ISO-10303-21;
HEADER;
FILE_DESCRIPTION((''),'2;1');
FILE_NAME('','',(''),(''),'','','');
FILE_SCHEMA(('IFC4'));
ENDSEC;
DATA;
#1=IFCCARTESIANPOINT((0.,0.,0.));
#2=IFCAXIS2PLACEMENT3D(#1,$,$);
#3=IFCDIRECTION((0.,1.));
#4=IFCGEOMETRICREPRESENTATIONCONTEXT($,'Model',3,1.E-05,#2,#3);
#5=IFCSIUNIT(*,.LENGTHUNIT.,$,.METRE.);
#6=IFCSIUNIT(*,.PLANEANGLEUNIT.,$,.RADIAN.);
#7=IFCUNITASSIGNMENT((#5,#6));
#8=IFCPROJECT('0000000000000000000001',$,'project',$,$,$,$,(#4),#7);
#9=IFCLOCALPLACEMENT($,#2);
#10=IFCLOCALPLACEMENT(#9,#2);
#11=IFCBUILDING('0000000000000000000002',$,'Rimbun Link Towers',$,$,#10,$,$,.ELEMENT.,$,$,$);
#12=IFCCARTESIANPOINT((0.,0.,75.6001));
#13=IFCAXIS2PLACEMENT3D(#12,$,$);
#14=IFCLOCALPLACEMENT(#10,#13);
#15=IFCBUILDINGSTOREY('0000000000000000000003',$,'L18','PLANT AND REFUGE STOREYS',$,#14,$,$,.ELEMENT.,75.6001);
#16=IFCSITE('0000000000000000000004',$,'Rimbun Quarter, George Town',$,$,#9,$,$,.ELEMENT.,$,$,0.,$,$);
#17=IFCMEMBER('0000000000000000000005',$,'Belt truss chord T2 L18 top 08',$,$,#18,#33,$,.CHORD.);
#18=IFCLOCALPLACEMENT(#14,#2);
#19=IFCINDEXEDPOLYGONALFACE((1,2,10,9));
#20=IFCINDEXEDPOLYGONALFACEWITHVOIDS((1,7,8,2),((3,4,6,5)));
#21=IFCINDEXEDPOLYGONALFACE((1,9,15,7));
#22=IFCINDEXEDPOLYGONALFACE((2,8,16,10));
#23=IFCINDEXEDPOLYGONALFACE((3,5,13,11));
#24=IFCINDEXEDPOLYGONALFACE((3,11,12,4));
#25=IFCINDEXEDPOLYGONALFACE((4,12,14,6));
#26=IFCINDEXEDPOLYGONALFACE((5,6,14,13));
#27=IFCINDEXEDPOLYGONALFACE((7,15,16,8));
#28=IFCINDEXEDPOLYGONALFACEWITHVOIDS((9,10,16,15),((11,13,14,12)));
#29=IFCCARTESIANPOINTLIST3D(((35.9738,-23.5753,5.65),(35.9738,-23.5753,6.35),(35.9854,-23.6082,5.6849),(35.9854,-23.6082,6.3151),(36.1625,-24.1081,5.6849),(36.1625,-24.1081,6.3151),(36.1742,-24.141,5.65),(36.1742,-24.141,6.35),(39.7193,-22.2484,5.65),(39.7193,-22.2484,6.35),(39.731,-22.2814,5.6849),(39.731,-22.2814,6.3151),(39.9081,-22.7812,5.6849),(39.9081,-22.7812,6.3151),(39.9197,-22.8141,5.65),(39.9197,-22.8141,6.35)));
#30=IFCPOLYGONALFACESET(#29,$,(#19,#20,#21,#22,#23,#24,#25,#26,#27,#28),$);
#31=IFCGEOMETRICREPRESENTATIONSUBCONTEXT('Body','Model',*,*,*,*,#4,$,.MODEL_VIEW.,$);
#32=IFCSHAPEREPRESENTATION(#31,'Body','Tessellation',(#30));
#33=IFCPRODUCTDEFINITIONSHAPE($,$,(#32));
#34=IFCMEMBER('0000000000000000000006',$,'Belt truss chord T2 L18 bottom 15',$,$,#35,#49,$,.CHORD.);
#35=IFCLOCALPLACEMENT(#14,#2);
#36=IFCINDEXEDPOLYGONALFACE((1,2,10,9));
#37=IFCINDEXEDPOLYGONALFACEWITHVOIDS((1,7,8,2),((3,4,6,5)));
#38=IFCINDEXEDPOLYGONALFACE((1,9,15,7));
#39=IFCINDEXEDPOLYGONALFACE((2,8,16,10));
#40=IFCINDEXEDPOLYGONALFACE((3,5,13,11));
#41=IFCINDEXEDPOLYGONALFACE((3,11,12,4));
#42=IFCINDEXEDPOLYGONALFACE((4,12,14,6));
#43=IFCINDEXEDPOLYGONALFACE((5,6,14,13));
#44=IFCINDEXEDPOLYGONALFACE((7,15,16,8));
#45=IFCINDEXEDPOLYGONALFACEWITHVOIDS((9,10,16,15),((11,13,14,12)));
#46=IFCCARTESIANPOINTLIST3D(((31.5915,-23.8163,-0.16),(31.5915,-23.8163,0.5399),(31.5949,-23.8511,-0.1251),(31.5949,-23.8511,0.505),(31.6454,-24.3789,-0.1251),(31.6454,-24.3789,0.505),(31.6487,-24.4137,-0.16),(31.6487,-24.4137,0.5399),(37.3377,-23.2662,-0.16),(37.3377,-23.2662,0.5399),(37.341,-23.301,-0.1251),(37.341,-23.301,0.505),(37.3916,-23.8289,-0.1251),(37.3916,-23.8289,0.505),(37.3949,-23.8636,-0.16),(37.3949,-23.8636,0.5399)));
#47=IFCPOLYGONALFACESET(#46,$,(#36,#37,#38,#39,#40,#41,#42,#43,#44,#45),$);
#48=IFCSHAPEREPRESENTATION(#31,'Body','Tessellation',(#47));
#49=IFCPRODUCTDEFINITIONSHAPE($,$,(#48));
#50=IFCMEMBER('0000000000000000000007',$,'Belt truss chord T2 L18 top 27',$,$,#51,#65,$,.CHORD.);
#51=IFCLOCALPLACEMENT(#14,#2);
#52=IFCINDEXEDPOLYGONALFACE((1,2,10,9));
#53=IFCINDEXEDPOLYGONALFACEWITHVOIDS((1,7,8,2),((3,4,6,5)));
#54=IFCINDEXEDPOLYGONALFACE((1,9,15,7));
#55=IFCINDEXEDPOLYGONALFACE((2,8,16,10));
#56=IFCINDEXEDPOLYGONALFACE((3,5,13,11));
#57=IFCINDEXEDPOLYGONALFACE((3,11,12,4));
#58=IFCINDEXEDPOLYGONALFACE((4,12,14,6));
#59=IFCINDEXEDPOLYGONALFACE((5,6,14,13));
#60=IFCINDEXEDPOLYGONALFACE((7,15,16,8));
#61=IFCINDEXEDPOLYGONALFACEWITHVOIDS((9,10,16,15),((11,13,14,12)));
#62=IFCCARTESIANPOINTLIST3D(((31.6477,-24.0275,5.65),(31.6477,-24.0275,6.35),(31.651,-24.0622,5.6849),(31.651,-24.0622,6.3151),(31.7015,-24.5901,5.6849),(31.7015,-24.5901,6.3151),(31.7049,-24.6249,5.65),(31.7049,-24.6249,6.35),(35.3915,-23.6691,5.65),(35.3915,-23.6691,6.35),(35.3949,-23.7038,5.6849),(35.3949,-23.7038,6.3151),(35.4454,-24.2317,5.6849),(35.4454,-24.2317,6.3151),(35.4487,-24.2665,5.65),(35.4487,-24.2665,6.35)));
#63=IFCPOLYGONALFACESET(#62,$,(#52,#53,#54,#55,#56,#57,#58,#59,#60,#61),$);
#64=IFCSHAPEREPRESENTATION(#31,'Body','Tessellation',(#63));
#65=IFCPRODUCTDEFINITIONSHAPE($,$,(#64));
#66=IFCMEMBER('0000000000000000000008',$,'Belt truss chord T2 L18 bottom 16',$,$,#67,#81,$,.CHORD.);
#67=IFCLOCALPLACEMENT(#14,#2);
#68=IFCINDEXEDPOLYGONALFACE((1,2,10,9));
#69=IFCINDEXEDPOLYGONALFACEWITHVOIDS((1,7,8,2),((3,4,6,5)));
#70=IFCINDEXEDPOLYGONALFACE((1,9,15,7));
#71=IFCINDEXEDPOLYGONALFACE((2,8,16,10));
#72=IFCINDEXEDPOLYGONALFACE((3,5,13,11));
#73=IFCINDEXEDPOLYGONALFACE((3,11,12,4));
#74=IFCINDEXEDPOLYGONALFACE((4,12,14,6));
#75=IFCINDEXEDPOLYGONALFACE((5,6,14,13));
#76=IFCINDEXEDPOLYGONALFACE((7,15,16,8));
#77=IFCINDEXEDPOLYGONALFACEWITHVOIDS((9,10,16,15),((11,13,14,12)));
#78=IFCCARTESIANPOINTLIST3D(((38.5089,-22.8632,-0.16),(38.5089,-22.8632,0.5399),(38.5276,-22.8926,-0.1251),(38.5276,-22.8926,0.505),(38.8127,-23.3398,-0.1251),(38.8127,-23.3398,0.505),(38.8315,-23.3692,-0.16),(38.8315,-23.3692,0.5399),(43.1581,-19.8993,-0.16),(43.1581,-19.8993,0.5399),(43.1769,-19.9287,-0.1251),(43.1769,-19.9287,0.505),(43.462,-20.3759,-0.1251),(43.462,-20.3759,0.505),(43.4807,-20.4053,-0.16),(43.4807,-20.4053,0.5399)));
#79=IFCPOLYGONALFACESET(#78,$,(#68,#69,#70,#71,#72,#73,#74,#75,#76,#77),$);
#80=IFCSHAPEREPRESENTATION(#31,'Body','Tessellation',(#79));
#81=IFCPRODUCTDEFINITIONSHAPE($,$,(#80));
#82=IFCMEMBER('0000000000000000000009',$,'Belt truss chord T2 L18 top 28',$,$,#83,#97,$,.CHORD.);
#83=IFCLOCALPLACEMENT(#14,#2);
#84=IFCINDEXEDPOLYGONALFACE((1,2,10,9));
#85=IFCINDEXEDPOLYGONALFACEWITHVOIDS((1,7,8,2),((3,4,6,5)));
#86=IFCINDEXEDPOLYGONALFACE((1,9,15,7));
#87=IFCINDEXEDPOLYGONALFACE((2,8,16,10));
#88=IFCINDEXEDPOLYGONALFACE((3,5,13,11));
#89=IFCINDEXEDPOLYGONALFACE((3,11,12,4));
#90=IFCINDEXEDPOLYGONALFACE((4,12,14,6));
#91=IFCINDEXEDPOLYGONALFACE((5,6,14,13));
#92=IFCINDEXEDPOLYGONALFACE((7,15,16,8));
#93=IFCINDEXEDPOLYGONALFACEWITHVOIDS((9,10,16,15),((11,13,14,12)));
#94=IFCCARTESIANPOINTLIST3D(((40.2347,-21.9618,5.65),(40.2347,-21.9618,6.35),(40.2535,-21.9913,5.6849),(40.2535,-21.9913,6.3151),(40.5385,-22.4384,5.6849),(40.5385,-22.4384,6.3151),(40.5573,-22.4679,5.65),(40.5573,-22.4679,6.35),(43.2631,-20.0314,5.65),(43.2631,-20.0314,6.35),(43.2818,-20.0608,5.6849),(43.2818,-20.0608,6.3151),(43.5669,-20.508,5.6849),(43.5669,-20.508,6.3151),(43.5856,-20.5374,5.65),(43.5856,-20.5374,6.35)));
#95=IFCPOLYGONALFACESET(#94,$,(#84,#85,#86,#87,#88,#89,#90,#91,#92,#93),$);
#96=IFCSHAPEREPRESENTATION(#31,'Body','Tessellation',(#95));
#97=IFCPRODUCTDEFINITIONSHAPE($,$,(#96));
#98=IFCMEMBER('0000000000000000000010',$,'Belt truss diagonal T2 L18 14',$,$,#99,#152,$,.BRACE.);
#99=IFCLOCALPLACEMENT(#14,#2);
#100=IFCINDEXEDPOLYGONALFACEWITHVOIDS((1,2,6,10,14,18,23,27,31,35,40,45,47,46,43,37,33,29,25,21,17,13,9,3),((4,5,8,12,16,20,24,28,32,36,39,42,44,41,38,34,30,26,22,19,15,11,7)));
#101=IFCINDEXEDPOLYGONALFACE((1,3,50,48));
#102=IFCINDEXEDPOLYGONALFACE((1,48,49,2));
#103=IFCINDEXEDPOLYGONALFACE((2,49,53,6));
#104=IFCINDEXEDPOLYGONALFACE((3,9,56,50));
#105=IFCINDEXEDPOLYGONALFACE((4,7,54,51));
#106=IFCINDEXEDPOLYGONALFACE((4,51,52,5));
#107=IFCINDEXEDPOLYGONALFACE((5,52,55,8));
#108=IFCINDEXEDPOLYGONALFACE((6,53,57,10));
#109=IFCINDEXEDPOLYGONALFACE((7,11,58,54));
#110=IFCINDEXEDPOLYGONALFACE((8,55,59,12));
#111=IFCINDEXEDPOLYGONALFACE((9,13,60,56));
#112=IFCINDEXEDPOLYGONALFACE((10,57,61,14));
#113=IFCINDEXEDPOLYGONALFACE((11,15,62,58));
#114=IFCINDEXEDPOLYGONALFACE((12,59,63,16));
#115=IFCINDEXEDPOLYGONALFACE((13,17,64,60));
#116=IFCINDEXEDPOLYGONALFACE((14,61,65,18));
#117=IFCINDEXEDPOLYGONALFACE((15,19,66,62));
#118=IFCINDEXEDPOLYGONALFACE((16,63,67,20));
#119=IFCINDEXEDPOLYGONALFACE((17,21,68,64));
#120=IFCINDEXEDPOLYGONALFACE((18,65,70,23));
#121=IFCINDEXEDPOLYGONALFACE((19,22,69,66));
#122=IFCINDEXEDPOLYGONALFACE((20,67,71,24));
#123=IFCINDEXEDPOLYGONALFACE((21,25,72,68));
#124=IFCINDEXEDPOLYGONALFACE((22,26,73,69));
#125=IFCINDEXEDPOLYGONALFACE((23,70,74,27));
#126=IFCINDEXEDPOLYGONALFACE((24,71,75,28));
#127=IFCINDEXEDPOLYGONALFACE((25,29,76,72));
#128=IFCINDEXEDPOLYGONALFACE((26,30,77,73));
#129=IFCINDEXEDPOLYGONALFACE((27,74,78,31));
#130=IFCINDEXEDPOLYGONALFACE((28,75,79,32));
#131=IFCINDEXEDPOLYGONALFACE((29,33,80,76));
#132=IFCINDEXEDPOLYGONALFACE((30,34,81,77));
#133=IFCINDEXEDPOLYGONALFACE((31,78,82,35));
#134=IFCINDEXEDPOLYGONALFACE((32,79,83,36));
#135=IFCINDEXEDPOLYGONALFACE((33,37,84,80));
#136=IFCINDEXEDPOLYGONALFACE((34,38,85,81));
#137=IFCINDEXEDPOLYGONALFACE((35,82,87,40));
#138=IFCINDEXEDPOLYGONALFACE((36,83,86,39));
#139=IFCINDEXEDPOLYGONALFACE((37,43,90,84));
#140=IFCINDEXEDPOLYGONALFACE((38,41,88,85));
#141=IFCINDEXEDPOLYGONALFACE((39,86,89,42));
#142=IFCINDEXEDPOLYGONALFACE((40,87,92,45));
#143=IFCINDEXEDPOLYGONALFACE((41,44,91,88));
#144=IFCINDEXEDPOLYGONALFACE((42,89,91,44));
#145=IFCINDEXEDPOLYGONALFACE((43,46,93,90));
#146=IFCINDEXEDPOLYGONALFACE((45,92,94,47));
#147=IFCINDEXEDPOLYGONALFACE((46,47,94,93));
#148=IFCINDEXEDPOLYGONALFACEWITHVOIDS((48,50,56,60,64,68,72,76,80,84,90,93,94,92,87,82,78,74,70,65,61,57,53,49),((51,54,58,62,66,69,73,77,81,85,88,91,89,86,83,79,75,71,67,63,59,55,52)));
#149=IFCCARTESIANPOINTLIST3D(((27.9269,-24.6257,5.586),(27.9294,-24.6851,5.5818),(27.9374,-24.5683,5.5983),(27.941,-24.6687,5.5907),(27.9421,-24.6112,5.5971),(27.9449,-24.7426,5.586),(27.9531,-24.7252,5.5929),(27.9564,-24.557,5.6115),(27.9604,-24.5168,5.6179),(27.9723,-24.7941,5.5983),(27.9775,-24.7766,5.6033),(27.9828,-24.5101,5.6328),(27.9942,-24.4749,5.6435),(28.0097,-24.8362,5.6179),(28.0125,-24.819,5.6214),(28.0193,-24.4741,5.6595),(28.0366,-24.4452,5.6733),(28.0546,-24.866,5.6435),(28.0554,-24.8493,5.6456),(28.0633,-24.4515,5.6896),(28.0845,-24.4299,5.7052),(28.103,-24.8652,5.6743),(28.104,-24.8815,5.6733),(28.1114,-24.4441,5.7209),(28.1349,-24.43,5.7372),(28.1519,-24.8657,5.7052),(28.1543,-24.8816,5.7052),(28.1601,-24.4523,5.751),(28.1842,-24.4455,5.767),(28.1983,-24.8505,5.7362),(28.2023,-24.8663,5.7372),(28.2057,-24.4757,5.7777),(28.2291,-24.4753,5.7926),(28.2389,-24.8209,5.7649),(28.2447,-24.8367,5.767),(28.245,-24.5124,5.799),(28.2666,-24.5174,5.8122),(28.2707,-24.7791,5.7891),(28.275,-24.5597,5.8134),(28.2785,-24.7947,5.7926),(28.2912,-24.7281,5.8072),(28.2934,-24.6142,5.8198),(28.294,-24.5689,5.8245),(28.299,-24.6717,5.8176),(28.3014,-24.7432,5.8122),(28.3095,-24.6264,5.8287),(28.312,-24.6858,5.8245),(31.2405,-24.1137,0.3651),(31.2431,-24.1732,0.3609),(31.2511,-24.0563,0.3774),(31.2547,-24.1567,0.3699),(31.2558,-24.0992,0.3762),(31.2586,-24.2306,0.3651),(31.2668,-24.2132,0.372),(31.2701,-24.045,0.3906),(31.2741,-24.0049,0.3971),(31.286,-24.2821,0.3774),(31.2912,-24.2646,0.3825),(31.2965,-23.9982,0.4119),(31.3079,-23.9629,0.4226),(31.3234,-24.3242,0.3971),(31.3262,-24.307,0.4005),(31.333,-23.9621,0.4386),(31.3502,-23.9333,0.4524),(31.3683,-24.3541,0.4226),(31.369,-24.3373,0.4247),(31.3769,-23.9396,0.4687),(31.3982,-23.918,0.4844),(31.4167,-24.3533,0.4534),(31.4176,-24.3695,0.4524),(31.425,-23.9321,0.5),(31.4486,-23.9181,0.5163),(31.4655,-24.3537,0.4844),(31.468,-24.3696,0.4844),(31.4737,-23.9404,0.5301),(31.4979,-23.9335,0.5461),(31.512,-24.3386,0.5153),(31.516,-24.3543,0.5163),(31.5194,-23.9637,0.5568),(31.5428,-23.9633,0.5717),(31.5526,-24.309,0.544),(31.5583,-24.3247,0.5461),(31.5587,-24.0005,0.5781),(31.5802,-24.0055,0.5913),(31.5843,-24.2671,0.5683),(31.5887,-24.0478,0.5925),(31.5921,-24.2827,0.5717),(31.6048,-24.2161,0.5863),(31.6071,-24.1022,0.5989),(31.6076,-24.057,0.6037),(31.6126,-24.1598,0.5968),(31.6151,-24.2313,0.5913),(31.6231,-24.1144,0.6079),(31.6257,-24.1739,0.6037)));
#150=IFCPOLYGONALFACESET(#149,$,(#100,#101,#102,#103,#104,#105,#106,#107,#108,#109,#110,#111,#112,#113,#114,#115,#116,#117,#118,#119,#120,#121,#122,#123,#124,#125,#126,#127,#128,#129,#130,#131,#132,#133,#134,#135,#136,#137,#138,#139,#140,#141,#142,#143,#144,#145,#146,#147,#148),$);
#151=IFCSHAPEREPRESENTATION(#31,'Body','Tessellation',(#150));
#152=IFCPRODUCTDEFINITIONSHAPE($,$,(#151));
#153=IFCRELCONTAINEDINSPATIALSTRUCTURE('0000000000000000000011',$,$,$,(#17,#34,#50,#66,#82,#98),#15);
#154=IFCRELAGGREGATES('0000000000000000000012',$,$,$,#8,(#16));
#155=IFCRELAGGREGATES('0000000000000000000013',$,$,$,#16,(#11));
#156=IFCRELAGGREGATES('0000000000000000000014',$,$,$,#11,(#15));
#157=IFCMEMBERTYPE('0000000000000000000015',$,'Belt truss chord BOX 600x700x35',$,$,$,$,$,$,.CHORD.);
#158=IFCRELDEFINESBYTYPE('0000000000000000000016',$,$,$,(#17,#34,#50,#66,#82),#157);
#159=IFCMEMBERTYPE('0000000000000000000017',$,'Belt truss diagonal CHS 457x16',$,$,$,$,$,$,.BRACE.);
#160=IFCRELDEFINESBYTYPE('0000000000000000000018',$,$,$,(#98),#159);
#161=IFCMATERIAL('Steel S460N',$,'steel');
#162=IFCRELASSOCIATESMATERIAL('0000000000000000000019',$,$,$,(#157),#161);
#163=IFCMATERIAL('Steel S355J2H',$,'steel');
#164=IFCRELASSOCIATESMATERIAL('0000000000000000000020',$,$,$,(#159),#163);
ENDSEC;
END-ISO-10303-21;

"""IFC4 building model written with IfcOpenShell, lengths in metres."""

from ifc_helpers import new_model, si_unit, direction, frame, origin, origin_2d, place, context, subcontext, project, spatial, hollow_rectangle, hollow_circle, extrude, material, material_profile, profile_set, type_object, element, save


model = new_model("IFC4")

# Units and contexts
model_context = context("Model", 3, precision=1e-05, world=origin(), true_north=direction((0.0, 1.0)))
body_context = subcontext(model_context, "Body", "Model", "MODEL_VIEW")
ifc_project = project(units=[si_unit("LENGTHUNIT", "METRE"), si_unit("PLANEANGLEUNIT", "RADIAN")], contexts=[model_context])

# Site, building, storey
site_placement = place(None, origin())
site = spatial("IfcSite", under=ifc_project, at=site_placement, Name="Rimbun Quarter, George Town", CompositionType="ELEMENT", RefElevation=0.0)
building_placement = place(site_placement, origin())
building = spatial("IfcBuilding", under=site, at=building_placement, Name="Rimbun Link Towers", CompositionType="ELEMENT")
storey_placement = place(building_placement, frame((0.0, 0.0, 75.6001)))
storey = spatial("IfcBuildingStorey", under=building, at=storey_placement, Name="L18", Description="PLANT AND REFUGE STOREYS", CompositionType="ELEMENT", Elevation=75.6001)

# Members
ifc_material_1 = material(Name="Steel S460N", Category="steel")
ifc_material_profile_1 = material_profile(ifc_material_1, hollow_rectangle(XDim=0.6001, YDim=0.7, WallThickness=0.0349, at=origin_2d()), Name="Belt truss chord BOX 600x700x35")
ifc_profile_set_1 = profile_set([ifc_material_profile_1], Name="Steel S460N")
member_type_1 = type_object("IfcMemberType", Name="Belt truss chord BOX 600x700x35", PredefinedType="CHORD", material=ifc_profile_set_1)
member_1_placement = place(storey_placement, frame((36.074, -23.8582, 6.0), z_axis=(0.942601, 0.333922, 0.0), x_axis=(-0.333922, 0.942601, 0.0)))
element("IfcMember", 1, at=member_1_placement, inside=storey, type_object=member_type_1, Name="Belt truss chord T2 L18 top 08", PredefinedType="CHORD", context=body_context, shape_type="SweptSolid", body=[
    extrude(hollow_rectangle(XDim=0.6001, YDim=0.7, WallThickness=0.0349, at=origin_2d()), origin(), (0.0, 0.0, 1.0), 3.9736),
])
member_2_placement = place(storey_placement, frame((31.6201, -24.115, 0.1899), z_axis=(0.99545, 0.09529, 0.0), x_axis=(-0.09529, 0.99545, 0.0)))
element("IfcMember", 2, at=member_2_placement, inside=storey, type_object=member_type_1, Name="Belt truss chord T2 L18 bottom 15", PredefinedType="CHORD", context=body_context, shape_type="SweptSolid", body=[
    extrude(hollow_rectangle(XDim=0.6001, YDim=0.7, WallThickness=0.0349, at=origin_2d()), origin(), (0.0, 0.0, 1.0), 5.7725),
])
member_3_placement = place(storey_placement, frame((31.6763, -24.3262, 6.0), z_axis=(0.995449, 0.095293, 0.0), x_axis=(-0.095293, 0.995449, 0.0)))
element("IfcMember", 3, at=member_3_placement, inside=storey, type_object=member_type_1, Name="Belt truss chord T2 L18 top 27", PredefinedType="CHORD", context=body_context, shape_type="SweptSolid", body=[
    extrude(hollow_rectangle(XDim=0.6001, YDim=0.7, WallThickness=0.0349, at=origin_2d()), origin(), (0.0, 0.0, 1.0), 3.761),
])
member_4_placement = place(storey_placement, frame((38.6702, -23.1162, 0.1899), z_axis=(0.843225, 0.53756, 0.0), x_axis=(-0.53756, 0.843225, 0.0)))
element("IfcMember", 4, at=member_4_placement, inside=storey, type_object=member_type_1, Name="Belt truss chord T2 L18 bottom 16", PredefinedType="CHORD", context=body_context, shape_type="SweptSolid", body=[
    extrude(hollow_rectangle(XDim=0.6001, YDim=0.7, WallThickness=0.0349, at=origin_2d()), origin(), (0.0, 0.0, 1.0), 5.5137),
])
member_5_placement = place(storey_placement, frame((40.396, -22.2148, 6.0), z_axis=(0.843244, 0.537531, 0.0), x_axis=(-0.537531, 0.843244, 0.0)))
element("IfcMember", 5, at=member_5_placement, inside=storey, type_object=member_type_1, Name="Belt truss chord T2 L18 top 28", PredefinedType="CHORD", context=body_context, shape_type="SweptSolid", body=[
    extrude(hollow_rectangle(XDim=0.6001, YDim=0.7, WallThickness=0.0349, at=origin_2d()), origin(), (0.0, 0.0, 1.0), 3.5913),
])
ifc_material_2 = material(Name="Steel S355J2H", Category="steel")
ifc_material_profile_2 = material_profile(ifc_material_2, hollow_circle(Radius=0.2285, WallThickness=0.0161, at=origin_2d()), Name="Belt truss diagonal CHS 457x16")
ifc_profile_set_2 = profile_set([ifc_material_profile_2], Name="Steel S355J2H")
member_type_2 = type_object("IfcMemberType", Name="Belt truss diagonal CHS 457x16", PredefinedType="BRACE", material=ifc_profile_set_2)
member_6_placement = place(storey_placement, frame((31.4331, -24.1438, 0.4844), z_axis=(-0.534047, -0.082509, 0.841419), x_axis=(0.152686, -0.988275, 0.0)))
element("IfcMember", 6, at=member_6_placement, inside=storey, type_object=member_type_2, Name="Belt truss diagonal T2 L18 14", PredefinedType="BRACE", context=body_context, shape_type="SweptSolid", body=[
    extrude(hollow_circle(Radius=0.2285, WallThickness=0.0161, at=origin_2d()), origin(), (0.0, 0.0, 1.0), 6.2048),
])

save(model, "model.ifc")
